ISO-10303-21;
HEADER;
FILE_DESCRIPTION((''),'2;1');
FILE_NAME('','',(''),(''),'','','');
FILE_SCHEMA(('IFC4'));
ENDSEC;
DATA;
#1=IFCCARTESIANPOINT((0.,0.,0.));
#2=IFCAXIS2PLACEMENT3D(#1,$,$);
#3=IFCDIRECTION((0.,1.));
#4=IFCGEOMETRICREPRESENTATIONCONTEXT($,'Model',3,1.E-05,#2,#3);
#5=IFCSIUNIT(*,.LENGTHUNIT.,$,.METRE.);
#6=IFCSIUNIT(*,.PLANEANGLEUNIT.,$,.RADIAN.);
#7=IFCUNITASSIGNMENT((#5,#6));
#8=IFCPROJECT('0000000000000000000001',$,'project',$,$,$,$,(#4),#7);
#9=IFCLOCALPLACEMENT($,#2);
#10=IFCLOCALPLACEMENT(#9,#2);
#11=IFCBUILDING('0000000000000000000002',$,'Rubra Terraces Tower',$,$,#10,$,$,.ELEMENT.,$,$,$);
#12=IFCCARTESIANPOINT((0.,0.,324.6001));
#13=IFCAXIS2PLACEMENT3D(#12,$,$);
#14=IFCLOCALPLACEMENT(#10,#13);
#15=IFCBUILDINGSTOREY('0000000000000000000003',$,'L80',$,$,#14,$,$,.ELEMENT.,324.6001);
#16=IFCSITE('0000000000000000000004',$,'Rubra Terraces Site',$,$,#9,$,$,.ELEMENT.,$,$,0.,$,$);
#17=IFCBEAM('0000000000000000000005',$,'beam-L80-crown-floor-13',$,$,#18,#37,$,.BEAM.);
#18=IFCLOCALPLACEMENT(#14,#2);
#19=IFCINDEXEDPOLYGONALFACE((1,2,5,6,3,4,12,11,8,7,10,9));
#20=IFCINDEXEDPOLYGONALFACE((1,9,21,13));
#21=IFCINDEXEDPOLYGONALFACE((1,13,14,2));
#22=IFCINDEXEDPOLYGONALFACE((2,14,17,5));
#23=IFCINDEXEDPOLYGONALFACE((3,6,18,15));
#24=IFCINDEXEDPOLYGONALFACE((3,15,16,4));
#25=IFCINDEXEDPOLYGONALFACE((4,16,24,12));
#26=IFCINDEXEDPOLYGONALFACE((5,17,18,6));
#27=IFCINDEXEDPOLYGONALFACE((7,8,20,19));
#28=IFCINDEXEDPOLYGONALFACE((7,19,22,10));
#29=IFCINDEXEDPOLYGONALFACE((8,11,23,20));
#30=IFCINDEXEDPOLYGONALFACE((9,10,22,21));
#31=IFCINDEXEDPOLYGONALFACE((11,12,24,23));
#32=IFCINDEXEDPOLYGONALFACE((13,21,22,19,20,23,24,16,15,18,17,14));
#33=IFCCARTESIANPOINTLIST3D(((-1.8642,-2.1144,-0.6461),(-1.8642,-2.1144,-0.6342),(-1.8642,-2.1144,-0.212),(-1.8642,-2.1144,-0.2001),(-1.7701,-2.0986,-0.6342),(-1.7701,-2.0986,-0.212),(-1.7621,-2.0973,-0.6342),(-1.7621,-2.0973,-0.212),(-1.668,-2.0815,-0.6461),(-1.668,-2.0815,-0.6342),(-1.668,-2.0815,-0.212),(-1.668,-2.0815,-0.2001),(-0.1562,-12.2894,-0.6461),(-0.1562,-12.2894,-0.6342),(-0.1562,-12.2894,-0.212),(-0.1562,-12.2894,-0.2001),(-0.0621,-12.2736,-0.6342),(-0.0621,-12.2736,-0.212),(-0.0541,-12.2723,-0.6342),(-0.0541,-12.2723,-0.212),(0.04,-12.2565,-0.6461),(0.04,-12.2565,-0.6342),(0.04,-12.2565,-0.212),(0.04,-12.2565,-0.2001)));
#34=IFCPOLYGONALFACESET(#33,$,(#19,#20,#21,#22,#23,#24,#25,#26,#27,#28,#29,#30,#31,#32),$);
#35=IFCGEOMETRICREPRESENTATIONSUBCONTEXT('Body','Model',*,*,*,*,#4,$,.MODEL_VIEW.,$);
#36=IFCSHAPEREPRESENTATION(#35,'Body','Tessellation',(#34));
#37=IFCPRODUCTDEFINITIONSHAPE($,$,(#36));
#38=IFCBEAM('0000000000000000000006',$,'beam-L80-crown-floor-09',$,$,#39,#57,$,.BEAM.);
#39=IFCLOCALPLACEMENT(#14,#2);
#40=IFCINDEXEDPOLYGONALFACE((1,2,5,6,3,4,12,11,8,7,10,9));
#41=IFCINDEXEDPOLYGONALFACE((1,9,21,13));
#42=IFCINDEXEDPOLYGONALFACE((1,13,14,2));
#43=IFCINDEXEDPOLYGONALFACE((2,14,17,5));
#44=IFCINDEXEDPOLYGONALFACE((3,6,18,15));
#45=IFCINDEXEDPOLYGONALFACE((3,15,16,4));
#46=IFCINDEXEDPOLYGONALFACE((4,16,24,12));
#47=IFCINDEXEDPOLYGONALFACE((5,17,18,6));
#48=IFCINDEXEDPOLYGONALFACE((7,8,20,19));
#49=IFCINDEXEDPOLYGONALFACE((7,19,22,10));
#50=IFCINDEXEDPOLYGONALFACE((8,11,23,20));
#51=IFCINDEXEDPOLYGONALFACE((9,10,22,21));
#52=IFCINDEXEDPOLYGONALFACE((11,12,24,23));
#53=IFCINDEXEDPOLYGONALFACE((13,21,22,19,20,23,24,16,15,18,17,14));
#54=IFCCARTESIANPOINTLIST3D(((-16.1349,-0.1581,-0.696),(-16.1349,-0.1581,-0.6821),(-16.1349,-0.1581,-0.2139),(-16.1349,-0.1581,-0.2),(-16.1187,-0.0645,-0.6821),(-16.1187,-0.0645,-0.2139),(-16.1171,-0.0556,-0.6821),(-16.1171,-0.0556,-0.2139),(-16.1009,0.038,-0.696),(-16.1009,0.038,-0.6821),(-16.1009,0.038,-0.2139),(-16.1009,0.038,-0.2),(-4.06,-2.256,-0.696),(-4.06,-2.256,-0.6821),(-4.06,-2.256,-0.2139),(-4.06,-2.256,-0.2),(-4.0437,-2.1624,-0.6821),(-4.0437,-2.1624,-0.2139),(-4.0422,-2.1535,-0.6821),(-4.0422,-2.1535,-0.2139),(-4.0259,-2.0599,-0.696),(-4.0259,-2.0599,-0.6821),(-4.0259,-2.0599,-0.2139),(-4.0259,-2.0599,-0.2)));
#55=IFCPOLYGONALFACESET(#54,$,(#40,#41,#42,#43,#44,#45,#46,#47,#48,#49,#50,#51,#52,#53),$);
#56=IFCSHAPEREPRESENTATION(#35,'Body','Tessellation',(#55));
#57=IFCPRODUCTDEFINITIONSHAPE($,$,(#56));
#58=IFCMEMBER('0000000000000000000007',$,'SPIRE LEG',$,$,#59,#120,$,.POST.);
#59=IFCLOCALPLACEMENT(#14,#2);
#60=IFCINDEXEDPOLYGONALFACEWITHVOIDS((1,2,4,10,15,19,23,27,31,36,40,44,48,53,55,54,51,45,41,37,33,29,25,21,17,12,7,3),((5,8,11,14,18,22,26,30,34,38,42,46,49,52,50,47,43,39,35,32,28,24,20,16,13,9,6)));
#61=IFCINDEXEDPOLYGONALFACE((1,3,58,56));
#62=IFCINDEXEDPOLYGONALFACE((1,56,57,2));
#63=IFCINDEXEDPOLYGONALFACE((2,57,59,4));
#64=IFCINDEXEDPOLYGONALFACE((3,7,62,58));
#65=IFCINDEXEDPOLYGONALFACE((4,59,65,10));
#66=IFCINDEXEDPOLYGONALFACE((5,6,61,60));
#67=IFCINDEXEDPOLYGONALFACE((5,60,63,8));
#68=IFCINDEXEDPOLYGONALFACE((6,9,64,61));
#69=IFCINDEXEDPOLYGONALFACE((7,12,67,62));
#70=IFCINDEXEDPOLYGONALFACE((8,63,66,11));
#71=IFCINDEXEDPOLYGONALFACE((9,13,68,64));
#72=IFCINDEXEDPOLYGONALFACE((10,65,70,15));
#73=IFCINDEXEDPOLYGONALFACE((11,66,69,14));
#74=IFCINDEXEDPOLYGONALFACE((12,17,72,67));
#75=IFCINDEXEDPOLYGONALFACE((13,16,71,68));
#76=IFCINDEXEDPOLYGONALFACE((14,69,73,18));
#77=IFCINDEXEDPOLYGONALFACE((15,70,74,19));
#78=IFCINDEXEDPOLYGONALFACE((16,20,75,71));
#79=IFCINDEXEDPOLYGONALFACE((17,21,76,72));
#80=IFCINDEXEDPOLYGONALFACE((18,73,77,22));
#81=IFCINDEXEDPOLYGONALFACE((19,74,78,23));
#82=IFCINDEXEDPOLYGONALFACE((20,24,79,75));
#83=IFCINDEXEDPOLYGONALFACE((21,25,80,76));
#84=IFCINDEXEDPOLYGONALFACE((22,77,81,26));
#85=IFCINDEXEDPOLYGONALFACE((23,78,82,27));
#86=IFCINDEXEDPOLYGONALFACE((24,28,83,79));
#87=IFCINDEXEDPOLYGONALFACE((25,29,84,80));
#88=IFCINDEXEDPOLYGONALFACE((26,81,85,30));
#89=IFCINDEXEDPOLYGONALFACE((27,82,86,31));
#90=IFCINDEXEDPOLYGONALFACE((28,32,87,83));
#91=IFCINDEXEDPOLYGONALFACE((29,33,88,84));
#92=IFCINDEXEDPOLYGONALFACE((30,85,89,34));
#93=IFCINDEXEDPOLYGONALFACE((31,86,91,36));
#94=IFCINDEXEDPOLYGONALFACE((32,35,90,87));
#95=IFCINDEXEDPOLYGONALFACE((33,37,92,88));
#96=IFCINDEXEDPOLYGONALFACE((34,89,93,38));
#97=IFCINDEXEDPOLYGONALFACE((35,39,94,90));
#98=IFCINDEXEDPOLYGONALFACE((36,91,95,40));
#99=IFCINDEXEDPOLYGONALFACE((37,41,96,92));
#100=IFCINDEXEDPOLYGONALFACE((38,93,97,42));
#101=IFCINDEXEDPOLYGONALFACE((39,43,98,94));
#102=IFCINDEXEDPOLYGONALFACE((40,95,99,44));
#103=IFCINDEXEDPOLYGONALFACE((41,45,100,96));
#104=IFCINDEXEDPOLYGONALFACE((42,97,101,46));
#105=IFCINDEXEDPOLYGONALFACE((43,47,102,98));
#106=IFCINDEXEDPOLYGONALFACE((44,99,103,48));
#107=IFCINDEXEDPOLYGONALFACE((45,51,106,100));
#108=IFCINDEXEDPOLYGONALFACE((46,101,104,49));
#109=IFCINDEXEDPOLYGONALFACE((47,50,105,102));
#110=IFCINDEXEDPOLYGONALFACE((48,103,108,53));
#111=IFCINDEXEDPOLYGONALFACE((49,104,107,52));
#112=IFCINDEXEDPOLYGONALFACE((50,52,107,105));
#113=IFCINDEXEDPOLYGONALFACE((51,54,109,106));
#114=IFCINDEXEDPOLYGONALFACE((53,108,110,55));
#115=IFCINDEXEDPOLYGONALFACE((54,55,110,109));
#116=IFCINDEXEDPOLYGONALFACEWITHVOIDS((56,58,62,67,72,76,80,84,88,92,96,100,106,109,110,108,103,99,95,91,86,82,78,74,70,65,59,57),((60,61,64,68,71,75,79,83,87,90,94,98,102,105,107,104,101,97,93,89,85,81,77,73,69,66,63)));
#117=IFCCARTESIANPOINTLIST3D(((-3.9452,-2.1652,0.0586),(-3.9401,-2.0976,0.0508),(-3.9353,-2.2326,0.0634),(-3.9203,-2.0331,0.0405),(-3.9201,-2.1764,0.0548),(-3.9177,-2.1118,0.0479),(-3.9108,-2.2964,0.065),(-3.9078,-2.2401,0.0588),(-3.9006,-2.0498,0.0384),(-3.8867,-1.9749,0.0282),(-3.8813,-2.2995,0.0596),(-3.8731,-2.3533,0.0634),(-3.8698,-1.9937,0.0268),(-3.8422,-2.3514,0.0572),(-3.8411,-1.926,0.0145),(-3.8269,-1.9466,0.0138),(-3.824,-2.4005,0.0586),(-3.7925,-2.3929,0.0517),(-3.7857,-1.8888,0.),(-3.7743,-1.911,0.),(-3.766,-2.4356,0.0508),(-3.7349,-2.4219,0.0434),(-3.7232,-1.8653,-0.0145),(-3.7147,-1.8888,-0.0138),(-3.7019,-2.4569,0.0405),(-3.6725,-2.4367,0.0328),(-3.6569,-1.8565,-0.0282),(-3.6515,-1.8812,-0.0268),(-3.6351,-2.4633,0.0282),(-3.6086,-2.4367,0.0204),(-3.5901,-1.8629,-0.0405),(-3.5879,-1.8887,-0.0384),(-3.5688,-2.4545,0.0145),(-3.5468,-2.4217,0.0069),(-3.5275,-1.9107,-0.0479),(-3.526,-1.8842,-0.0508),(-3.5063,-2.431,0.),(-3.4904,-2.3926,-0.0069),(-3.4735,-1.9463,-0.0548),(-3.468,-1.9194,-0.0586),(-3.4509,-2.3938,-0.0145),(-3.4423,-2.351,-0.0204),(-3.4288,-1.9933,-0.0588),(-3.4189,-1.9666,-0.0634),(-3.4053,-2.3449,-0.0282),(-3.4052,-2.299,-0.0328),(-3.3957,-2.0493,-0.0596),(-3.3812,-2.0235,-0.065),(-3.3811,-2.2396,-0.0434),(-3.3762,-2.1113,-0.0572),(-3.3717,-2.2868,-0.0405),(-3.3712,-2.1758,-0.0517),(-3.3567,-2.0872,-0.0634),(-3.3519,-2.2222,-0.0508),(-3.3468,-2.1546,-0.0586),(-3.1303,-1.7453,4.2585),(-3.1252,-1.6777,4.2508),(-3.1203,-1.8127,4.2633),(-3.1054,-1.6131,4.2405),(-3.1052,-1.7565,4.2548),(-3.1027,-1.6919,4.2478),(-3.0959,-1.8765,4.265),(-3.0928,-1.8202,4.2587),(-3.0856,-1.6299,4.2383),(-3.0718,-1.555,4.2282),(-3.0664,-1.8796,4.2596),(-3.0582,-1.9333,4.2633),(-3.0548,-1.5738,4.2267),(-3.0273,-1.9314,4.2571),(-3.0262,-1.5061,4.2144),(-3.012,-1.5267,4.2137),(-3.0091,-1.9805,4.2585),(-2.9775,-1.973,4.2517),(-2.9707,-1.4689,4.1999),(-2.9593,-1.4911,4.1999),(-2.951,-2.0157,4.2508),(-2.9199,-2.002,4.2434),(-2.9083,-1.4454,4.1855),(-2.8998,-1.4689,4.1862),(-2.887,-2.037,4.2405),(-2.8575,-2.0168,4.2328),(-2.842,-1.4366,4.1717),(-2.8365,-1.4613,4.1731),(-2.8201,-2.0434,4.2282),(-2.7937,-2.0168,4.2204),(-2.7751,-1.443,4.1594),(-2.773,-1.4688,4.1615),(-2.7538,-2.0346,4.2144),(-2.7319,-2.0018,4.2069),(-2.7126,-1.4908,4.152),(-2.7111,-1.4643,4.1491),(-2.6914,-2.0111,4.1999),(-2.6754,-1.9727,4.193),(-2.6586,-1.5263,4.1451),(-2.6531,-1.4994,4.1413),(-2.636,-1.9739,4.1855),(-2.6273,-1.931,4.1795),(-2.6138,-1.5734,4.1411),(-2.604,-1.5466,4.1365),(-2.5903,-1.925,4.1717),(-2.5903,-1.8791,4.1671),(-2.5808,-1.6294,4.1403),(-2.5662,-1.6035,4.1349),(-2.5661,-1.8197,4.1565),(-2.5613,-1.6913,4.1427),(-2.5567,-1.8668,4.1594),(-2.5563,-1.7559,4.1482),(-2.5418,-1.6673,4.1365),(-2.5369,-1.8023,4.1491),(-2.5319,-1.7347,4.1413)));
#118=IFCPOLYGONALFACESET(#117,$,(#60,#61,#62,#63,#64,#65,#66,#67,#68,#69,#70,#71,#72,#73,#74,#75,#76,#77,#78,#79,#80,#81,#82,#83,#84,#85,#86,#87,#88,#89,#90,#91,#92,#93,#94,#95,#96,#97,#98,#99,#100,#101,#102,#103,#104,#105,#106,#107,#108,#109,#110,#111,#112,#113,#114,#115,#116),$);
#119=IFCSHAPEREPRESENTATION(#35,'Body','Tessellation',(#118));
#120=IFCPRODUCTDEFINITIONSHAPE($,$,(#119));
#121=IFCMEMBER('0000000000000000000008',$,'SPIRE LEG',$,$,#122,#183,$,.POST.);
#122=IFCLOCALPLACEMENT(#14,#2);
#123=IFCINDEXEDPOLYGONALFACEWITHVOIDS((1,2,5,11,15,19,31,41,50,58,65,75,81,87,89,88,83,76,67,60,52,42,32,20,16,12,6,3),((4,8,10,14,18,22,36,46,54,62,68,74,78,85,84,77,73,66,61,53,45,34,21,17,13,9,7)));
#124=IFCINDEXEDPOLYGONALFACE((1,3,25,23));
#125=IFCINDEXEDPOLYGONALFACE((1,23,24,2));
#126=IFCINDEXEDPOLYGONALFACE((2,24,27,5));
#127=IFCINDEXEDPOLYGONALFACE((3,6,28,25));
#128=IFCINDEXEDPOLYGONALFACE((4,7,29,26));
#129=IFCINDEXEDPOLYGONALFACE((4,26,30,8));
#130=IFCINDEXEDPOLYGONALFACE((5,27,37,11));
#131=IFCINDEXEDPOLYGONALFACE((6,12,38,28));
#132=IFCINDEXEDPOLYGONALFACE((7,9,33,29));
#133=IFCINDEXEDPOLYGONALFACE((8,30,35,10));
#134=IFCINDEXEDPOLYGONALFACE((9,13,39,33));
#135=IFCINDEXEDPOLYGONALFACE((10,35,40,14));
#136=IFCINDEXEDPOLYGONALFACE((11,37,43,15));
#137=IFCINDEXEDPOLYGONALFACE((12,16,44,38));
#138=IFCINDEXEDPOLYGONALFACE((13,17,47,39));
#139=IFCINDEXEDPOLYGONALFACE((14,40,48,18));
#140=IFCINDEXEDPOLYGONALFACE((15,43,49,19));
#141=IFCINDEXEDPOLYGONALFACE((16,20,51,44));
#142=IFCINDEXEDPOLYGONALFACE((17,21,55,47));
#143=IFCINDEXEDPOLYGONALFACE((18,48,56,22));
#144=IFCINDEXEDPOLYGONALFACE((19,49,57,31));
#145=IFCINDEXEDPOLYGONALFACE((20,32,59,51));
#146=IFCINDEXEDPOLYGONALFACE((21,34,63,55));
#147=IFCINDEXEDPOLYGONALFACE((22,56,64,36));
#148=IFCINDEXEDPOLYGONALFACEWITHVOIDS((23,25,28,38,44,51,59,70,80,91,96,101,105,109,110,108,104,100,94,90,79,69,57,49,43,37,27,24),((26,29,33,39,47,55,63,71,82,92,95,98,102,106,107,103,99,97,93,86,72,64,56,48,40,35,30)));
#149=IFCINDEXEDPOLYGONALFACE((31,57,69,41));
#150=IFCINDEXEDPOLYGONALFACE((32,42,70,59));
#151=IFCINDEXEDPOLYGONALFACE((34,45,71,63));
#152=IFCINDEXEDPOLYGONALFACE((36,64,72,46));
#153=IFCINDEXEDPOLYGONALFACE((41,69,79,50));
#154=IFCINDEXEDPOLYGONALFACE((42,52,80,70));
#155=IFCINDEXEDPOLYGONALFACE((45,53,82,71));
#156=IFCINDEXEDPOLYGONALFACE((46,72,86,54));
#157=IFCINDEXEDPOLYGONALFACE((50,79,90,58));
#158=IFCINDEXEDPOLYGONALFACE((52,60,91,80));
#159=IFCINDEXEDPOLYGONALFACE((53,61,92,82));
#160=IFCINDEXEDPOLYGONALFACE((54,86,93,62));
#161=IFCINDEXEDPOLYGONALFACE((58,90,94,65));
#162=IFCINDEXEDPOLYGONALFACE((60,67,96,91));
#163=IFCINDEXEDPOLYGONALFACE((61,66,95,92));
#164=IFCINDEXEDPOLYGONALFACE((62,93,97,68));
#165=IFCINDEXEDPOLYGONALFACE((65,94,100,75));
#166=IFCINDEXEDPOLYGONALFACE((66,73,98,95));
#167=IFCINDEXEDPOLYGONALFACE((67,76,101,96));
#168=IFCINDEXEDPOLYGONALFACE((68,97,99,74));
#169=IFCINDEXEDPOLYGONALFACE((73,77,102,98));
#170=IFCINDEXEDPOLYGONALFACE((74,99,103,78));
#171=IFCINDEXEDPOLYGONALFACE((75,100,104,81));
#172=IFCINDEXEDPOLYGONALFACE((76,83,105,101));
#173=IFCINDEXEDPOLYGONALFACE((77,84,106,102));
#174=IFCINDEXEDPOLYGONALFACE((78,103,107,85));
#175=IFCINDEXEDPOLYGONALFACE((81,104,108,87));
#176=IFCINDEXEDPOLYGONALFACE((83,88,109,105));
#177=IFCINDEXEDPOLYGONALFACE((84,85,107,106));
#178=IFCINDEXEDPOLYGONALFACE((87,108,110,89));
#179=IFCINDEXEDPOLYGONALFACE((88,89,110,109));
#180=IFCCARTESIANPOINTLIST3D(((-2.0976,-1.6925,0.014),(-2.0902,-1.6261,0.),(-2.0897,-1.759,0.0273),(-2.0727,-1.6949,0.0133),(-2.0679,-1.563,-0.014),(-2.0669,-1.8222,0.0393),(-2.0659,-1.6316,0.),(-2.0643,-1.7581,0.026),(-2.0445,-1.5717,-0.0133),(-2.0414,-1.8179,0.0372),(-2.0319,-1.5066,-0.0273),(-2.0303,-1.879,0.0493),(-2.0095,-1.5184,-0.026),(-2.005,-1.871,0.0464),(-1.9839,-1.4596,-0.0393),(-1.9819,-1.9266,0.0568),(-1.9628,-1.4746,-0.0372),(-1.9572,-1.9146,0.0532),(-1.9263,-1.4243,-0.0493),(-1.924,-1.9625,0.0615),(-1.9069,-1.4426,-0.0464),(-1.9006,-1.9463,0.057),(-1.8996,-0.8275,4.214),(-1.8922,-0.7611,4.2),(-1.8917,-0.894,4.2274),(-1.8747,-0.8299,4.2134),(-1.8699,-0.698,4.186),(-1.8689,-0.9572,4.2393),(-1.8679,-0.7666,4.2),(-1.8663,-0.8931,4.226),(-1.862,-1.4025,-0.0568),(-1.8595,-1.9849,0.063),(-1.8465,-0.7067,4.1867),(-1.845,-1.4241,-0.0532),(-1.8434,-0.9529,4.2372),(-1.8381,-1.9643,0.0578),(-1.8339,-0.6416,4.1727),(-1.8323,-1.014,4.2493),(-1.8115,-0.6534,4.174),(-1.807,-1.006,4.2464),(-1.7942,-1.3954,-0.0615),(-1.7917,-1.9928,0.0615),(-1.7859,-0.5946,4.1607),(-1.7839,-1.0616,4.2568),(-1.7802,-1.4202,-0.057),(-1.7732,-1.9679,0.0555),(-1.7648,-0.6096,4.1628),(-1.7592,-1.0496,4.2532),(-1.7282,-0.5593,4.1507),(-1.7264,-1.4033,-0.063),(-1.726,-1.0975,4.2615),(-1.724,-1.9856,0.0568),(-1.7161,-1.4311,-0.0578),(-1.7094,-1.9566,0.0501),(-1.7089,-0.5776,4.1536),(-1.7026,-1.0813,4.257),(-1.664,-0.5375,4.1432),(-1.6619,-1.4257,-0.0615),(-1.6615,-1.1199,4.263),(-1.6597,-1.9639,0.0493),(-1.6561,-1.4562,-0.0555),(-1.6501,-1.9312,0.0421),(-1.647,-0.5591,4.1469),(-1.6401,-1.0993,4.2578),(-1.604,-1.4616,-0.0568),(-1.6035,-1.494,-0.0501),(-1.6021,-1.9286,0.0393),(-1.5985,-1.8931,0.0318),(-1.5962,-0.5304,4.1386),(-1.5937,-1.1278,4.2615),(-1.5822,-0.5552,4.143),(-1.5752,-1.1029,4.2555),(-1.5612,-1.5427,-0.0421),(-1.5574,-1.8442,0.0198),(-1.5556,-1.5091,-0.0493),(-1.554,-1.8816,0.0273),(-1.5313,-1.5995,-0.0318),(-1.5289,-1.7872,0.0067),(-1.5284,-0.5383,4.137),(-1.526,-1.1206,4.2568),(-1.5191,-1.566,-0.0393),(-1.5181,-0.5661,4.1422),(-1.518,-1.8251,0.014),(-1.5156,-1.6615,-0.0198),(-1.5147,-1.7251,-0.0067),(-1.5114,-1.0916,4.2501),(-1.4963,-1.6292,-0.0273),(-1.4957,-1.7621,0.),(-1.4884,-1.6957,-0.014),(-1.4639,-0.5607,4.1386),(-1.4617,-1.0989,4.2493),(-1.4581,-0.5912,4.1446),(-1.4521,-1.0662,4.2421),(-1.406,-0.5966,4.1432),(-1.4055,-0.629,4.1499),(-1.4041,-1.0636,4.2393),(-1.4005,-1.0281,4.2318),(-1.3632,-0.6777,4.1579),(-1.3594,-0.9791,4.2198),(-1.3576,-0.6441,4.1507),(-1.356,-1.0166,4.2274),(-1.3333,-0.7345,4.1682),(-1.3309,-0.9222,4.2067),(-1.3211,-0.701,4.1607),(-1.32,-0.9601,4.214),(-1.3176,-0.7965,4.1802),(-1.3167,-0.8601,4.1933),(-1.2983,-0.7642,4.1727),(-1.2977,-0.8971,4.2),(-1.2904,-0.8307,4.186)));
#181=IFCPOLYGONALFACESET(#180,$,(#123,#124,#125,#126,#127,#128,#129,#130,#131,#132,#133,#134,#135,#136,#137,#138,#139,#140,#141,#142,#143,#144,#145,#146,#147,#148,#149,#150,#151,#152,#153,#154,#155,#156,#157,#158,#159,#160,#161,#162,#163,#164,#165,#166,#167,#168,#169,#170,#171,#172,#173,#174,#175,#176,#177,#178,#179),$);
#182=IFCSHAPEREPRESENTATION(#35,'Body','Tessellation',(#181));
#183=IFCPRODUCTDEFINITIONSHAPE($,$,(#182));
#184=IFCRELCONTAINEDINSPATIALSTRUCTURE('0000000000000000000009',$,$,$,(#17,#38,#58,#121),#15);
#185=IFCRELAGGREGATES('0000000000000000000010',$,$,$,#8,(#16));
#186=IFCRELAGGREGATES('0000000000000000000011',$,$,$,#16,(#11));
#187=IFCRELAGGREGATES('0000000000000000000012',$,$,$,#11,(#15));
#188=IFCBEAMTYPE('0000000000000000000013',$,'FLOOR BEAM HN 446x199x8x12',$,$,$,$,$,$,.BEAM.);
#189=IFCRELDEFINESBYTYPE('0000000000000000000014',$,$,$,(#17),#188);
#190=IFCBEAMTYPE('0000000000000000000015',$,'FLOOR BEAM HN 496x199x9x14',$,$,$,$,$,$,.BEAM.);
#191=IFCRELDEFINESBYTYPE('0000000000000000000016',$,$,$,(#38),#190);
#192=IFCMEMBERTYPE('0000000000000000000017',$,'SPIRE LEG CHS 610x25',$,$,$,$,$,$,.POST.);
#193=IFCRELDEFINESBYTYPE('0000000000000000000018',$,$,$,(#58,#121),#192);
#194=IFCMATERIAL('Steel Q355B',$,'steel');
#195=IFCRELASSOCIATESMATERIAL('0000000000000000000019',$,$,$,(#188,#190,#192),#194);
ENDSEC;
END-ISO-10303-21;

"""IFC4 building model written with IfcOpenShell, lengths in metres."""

from ifc_helpers import new_model, si_unit, direction, frame, origin, origin_2d, place, context, subcontext, project, spatial, hollow_circle, i_section, extrude, material, material_profile, profile_set, type_object, element, save


model = new_model("IFC4")

# Units and contexts
model_context = context("Model", 3, precision=1e-05, world=origin(), true_north=direction((0.0, 1.0)))
body_context = subcontext(model_context, "Body", "Model", "MODEL_VIEW")
ifc_project = project(units=[si_unit("LENGTHUNIT", "METRE"), si_unit("PLANEANGLEUNIT", "RADIAN")], contexts=[model_context])

# Site, building, storey
site_placement = place(None, origin())
site = spatial("IfcSite", under=ifc_project, at=site_placement, Name="Rubra Terraces Site", CompositionType="ELEMENT", RefElevation=0.0)
building_placement = place(site_placement, origin())
building = spatial("IfcBuilding", under=site, at=building_placement, Name="Rubra Terraces Tower", CompositionType="ELEMENT")
storey_placement = place(building_placement, frame((0.0, 0.0, 324.6001)))
storey = spatial("IfcBuildingStorey", under=building, at=storey_placement, Name="L80", CompositionType="ELEMENT", Elevation=324.6001)

# Shared definitions
ifc_material_1 = material(Name="Steel Q355B", Category="steel")

# Beams
ifc_material_profile_1 = material_profile(ifc_material_1, i_section(OverallWidth=0.199, OverallDepth=0.446, WebThickness=0.0081, FlangeThickness=0.012, at=origin_2d()), Name="HN 446x199x8x12")
ifc_profile_set_1 = profile_set([ifc_material_profile_1], Name="Steel Q355B")
beam_type_1 = type_object("IfcBeamType", Name="FLOOR BEAM HN 446x199x8x12", PredefinedType="BEAM", material=ifc_profile_set_1)
beam_1_placement = place(storey_placement, frame((-0.0581, -12.2729, -0.4231), z_axis=(-0.165546, 0.986202, 0.0), x_axis=(-0.986202, -0.165546, 0.0)))
element("IfcBeam", 1, at=beam_1_placement, inside=storey, type_object=beam_type_1, Name="beam-L80-crown-floor-13", PredefinedType="BEAM", context=body_context, shape_type="SweptSolid", body=[
    extrude(i_section(OverallWidth=0.199, OverallDepth=0.446, WebThickness=0.0081, FlangeThickness=0.012, at=origin_2d()), origin(), (0.0, 0.0, 1.0), 10.3174),
])
ifc_material_profile_2 = material_profile(ifc_material_1, i_section(OverallWidth=0.199, OverallDepth=0.4961, WebThickness=0.009, FlangeThickness=0.0139, at=origin_2d()), Name="HN 496x199x9x14")
ifc_profile_set_2 = profile_set([ifc_material_profile_2], Name="Steel Q355B")
beam_type_2 = type_object("IfcBeamType", Name="FLOOR BEAM HN 496x199x9x14", PredefinedType="BEAM", material=ifc_profile_set_2)
beam_2_placement = place(storey_placement, frame((-16.1179, -0.0601, -0.448), z_axis=(0.985241, -0.171176, 0.0), x_axis=(0.171176, 0.985241, 0.0)))
element("IfcBeam", 2, at=beam_2_placement, inside=storey, type_object=beam_type_2, Name="beam-L80-crown-floor-09", PredefinedType="BEAM", context=body_context, shape_type="SweptSolid", body=[
    extrude(i_section(OverallWidth=0.199, OverallDepth=0.4961, WebThickness=0.009, FlangeThickness=0.0139, at=origin_2d()), origin(), (0.0, 0.0, 1.0), 12.2559),
])

# Members
ifc_material_profile_3 = material_profile(ifc_material_1, hollow_circle(Radius=0.3049, WallThickness=0.0249, at=origin_2d()), Name="CHS 610x25")
ifc_profile_set_3 = profile_set([ifc_material_profile_3], Name="Steel Q355B")
member_type_1 = type_object("IfcMemberType", Name="SPIRE LEG CHS 610x25", PredefinedType="POST", material=ifc_profile_set_3)
member_1_placement = place(storey_placement, frame((-3.646, -2.1599, 0.0), z_axis=(0.189572, 0.097683, 0.976996), x_axis=(-0.458046, 0.888929, 0.0)))
element("IfcMember", 3, at=member_1_placement, inside=storey, type_object=member_type_1, Name="SPIRE LEG", PredefinedType="POST", context=body_context, shape_type="SweptSolid", body=[
    extrude(hollow_circle(Radius=0.3049, WallThickness=0.0249, at=origin_2d()), origin(), (0.0, 0.0, 1.0), 4.2988),
])
member_2_placement = place(storey_placement, frame((-1.793, -1.6941, 0.0), z_axis=(0.046125, 0.201504, 0.978401), x_axis=(-0.974788, 0.223131, 0.0)))
element("IfcMember", 4, at=member_2_placement, inside=storey, type_object=member_type_1, Name="SPIRE LEG", PredefinedType="POST", context=body_context, shape_type="SweptSolid", body=[
    extrude(hollow_circle(Radius=0.3049, WallThickness=0.0249, at=origin_2d()), origin(), (0.0, 0.0, 1.0), 4.2927),
])

save(model, "model.ifc")
